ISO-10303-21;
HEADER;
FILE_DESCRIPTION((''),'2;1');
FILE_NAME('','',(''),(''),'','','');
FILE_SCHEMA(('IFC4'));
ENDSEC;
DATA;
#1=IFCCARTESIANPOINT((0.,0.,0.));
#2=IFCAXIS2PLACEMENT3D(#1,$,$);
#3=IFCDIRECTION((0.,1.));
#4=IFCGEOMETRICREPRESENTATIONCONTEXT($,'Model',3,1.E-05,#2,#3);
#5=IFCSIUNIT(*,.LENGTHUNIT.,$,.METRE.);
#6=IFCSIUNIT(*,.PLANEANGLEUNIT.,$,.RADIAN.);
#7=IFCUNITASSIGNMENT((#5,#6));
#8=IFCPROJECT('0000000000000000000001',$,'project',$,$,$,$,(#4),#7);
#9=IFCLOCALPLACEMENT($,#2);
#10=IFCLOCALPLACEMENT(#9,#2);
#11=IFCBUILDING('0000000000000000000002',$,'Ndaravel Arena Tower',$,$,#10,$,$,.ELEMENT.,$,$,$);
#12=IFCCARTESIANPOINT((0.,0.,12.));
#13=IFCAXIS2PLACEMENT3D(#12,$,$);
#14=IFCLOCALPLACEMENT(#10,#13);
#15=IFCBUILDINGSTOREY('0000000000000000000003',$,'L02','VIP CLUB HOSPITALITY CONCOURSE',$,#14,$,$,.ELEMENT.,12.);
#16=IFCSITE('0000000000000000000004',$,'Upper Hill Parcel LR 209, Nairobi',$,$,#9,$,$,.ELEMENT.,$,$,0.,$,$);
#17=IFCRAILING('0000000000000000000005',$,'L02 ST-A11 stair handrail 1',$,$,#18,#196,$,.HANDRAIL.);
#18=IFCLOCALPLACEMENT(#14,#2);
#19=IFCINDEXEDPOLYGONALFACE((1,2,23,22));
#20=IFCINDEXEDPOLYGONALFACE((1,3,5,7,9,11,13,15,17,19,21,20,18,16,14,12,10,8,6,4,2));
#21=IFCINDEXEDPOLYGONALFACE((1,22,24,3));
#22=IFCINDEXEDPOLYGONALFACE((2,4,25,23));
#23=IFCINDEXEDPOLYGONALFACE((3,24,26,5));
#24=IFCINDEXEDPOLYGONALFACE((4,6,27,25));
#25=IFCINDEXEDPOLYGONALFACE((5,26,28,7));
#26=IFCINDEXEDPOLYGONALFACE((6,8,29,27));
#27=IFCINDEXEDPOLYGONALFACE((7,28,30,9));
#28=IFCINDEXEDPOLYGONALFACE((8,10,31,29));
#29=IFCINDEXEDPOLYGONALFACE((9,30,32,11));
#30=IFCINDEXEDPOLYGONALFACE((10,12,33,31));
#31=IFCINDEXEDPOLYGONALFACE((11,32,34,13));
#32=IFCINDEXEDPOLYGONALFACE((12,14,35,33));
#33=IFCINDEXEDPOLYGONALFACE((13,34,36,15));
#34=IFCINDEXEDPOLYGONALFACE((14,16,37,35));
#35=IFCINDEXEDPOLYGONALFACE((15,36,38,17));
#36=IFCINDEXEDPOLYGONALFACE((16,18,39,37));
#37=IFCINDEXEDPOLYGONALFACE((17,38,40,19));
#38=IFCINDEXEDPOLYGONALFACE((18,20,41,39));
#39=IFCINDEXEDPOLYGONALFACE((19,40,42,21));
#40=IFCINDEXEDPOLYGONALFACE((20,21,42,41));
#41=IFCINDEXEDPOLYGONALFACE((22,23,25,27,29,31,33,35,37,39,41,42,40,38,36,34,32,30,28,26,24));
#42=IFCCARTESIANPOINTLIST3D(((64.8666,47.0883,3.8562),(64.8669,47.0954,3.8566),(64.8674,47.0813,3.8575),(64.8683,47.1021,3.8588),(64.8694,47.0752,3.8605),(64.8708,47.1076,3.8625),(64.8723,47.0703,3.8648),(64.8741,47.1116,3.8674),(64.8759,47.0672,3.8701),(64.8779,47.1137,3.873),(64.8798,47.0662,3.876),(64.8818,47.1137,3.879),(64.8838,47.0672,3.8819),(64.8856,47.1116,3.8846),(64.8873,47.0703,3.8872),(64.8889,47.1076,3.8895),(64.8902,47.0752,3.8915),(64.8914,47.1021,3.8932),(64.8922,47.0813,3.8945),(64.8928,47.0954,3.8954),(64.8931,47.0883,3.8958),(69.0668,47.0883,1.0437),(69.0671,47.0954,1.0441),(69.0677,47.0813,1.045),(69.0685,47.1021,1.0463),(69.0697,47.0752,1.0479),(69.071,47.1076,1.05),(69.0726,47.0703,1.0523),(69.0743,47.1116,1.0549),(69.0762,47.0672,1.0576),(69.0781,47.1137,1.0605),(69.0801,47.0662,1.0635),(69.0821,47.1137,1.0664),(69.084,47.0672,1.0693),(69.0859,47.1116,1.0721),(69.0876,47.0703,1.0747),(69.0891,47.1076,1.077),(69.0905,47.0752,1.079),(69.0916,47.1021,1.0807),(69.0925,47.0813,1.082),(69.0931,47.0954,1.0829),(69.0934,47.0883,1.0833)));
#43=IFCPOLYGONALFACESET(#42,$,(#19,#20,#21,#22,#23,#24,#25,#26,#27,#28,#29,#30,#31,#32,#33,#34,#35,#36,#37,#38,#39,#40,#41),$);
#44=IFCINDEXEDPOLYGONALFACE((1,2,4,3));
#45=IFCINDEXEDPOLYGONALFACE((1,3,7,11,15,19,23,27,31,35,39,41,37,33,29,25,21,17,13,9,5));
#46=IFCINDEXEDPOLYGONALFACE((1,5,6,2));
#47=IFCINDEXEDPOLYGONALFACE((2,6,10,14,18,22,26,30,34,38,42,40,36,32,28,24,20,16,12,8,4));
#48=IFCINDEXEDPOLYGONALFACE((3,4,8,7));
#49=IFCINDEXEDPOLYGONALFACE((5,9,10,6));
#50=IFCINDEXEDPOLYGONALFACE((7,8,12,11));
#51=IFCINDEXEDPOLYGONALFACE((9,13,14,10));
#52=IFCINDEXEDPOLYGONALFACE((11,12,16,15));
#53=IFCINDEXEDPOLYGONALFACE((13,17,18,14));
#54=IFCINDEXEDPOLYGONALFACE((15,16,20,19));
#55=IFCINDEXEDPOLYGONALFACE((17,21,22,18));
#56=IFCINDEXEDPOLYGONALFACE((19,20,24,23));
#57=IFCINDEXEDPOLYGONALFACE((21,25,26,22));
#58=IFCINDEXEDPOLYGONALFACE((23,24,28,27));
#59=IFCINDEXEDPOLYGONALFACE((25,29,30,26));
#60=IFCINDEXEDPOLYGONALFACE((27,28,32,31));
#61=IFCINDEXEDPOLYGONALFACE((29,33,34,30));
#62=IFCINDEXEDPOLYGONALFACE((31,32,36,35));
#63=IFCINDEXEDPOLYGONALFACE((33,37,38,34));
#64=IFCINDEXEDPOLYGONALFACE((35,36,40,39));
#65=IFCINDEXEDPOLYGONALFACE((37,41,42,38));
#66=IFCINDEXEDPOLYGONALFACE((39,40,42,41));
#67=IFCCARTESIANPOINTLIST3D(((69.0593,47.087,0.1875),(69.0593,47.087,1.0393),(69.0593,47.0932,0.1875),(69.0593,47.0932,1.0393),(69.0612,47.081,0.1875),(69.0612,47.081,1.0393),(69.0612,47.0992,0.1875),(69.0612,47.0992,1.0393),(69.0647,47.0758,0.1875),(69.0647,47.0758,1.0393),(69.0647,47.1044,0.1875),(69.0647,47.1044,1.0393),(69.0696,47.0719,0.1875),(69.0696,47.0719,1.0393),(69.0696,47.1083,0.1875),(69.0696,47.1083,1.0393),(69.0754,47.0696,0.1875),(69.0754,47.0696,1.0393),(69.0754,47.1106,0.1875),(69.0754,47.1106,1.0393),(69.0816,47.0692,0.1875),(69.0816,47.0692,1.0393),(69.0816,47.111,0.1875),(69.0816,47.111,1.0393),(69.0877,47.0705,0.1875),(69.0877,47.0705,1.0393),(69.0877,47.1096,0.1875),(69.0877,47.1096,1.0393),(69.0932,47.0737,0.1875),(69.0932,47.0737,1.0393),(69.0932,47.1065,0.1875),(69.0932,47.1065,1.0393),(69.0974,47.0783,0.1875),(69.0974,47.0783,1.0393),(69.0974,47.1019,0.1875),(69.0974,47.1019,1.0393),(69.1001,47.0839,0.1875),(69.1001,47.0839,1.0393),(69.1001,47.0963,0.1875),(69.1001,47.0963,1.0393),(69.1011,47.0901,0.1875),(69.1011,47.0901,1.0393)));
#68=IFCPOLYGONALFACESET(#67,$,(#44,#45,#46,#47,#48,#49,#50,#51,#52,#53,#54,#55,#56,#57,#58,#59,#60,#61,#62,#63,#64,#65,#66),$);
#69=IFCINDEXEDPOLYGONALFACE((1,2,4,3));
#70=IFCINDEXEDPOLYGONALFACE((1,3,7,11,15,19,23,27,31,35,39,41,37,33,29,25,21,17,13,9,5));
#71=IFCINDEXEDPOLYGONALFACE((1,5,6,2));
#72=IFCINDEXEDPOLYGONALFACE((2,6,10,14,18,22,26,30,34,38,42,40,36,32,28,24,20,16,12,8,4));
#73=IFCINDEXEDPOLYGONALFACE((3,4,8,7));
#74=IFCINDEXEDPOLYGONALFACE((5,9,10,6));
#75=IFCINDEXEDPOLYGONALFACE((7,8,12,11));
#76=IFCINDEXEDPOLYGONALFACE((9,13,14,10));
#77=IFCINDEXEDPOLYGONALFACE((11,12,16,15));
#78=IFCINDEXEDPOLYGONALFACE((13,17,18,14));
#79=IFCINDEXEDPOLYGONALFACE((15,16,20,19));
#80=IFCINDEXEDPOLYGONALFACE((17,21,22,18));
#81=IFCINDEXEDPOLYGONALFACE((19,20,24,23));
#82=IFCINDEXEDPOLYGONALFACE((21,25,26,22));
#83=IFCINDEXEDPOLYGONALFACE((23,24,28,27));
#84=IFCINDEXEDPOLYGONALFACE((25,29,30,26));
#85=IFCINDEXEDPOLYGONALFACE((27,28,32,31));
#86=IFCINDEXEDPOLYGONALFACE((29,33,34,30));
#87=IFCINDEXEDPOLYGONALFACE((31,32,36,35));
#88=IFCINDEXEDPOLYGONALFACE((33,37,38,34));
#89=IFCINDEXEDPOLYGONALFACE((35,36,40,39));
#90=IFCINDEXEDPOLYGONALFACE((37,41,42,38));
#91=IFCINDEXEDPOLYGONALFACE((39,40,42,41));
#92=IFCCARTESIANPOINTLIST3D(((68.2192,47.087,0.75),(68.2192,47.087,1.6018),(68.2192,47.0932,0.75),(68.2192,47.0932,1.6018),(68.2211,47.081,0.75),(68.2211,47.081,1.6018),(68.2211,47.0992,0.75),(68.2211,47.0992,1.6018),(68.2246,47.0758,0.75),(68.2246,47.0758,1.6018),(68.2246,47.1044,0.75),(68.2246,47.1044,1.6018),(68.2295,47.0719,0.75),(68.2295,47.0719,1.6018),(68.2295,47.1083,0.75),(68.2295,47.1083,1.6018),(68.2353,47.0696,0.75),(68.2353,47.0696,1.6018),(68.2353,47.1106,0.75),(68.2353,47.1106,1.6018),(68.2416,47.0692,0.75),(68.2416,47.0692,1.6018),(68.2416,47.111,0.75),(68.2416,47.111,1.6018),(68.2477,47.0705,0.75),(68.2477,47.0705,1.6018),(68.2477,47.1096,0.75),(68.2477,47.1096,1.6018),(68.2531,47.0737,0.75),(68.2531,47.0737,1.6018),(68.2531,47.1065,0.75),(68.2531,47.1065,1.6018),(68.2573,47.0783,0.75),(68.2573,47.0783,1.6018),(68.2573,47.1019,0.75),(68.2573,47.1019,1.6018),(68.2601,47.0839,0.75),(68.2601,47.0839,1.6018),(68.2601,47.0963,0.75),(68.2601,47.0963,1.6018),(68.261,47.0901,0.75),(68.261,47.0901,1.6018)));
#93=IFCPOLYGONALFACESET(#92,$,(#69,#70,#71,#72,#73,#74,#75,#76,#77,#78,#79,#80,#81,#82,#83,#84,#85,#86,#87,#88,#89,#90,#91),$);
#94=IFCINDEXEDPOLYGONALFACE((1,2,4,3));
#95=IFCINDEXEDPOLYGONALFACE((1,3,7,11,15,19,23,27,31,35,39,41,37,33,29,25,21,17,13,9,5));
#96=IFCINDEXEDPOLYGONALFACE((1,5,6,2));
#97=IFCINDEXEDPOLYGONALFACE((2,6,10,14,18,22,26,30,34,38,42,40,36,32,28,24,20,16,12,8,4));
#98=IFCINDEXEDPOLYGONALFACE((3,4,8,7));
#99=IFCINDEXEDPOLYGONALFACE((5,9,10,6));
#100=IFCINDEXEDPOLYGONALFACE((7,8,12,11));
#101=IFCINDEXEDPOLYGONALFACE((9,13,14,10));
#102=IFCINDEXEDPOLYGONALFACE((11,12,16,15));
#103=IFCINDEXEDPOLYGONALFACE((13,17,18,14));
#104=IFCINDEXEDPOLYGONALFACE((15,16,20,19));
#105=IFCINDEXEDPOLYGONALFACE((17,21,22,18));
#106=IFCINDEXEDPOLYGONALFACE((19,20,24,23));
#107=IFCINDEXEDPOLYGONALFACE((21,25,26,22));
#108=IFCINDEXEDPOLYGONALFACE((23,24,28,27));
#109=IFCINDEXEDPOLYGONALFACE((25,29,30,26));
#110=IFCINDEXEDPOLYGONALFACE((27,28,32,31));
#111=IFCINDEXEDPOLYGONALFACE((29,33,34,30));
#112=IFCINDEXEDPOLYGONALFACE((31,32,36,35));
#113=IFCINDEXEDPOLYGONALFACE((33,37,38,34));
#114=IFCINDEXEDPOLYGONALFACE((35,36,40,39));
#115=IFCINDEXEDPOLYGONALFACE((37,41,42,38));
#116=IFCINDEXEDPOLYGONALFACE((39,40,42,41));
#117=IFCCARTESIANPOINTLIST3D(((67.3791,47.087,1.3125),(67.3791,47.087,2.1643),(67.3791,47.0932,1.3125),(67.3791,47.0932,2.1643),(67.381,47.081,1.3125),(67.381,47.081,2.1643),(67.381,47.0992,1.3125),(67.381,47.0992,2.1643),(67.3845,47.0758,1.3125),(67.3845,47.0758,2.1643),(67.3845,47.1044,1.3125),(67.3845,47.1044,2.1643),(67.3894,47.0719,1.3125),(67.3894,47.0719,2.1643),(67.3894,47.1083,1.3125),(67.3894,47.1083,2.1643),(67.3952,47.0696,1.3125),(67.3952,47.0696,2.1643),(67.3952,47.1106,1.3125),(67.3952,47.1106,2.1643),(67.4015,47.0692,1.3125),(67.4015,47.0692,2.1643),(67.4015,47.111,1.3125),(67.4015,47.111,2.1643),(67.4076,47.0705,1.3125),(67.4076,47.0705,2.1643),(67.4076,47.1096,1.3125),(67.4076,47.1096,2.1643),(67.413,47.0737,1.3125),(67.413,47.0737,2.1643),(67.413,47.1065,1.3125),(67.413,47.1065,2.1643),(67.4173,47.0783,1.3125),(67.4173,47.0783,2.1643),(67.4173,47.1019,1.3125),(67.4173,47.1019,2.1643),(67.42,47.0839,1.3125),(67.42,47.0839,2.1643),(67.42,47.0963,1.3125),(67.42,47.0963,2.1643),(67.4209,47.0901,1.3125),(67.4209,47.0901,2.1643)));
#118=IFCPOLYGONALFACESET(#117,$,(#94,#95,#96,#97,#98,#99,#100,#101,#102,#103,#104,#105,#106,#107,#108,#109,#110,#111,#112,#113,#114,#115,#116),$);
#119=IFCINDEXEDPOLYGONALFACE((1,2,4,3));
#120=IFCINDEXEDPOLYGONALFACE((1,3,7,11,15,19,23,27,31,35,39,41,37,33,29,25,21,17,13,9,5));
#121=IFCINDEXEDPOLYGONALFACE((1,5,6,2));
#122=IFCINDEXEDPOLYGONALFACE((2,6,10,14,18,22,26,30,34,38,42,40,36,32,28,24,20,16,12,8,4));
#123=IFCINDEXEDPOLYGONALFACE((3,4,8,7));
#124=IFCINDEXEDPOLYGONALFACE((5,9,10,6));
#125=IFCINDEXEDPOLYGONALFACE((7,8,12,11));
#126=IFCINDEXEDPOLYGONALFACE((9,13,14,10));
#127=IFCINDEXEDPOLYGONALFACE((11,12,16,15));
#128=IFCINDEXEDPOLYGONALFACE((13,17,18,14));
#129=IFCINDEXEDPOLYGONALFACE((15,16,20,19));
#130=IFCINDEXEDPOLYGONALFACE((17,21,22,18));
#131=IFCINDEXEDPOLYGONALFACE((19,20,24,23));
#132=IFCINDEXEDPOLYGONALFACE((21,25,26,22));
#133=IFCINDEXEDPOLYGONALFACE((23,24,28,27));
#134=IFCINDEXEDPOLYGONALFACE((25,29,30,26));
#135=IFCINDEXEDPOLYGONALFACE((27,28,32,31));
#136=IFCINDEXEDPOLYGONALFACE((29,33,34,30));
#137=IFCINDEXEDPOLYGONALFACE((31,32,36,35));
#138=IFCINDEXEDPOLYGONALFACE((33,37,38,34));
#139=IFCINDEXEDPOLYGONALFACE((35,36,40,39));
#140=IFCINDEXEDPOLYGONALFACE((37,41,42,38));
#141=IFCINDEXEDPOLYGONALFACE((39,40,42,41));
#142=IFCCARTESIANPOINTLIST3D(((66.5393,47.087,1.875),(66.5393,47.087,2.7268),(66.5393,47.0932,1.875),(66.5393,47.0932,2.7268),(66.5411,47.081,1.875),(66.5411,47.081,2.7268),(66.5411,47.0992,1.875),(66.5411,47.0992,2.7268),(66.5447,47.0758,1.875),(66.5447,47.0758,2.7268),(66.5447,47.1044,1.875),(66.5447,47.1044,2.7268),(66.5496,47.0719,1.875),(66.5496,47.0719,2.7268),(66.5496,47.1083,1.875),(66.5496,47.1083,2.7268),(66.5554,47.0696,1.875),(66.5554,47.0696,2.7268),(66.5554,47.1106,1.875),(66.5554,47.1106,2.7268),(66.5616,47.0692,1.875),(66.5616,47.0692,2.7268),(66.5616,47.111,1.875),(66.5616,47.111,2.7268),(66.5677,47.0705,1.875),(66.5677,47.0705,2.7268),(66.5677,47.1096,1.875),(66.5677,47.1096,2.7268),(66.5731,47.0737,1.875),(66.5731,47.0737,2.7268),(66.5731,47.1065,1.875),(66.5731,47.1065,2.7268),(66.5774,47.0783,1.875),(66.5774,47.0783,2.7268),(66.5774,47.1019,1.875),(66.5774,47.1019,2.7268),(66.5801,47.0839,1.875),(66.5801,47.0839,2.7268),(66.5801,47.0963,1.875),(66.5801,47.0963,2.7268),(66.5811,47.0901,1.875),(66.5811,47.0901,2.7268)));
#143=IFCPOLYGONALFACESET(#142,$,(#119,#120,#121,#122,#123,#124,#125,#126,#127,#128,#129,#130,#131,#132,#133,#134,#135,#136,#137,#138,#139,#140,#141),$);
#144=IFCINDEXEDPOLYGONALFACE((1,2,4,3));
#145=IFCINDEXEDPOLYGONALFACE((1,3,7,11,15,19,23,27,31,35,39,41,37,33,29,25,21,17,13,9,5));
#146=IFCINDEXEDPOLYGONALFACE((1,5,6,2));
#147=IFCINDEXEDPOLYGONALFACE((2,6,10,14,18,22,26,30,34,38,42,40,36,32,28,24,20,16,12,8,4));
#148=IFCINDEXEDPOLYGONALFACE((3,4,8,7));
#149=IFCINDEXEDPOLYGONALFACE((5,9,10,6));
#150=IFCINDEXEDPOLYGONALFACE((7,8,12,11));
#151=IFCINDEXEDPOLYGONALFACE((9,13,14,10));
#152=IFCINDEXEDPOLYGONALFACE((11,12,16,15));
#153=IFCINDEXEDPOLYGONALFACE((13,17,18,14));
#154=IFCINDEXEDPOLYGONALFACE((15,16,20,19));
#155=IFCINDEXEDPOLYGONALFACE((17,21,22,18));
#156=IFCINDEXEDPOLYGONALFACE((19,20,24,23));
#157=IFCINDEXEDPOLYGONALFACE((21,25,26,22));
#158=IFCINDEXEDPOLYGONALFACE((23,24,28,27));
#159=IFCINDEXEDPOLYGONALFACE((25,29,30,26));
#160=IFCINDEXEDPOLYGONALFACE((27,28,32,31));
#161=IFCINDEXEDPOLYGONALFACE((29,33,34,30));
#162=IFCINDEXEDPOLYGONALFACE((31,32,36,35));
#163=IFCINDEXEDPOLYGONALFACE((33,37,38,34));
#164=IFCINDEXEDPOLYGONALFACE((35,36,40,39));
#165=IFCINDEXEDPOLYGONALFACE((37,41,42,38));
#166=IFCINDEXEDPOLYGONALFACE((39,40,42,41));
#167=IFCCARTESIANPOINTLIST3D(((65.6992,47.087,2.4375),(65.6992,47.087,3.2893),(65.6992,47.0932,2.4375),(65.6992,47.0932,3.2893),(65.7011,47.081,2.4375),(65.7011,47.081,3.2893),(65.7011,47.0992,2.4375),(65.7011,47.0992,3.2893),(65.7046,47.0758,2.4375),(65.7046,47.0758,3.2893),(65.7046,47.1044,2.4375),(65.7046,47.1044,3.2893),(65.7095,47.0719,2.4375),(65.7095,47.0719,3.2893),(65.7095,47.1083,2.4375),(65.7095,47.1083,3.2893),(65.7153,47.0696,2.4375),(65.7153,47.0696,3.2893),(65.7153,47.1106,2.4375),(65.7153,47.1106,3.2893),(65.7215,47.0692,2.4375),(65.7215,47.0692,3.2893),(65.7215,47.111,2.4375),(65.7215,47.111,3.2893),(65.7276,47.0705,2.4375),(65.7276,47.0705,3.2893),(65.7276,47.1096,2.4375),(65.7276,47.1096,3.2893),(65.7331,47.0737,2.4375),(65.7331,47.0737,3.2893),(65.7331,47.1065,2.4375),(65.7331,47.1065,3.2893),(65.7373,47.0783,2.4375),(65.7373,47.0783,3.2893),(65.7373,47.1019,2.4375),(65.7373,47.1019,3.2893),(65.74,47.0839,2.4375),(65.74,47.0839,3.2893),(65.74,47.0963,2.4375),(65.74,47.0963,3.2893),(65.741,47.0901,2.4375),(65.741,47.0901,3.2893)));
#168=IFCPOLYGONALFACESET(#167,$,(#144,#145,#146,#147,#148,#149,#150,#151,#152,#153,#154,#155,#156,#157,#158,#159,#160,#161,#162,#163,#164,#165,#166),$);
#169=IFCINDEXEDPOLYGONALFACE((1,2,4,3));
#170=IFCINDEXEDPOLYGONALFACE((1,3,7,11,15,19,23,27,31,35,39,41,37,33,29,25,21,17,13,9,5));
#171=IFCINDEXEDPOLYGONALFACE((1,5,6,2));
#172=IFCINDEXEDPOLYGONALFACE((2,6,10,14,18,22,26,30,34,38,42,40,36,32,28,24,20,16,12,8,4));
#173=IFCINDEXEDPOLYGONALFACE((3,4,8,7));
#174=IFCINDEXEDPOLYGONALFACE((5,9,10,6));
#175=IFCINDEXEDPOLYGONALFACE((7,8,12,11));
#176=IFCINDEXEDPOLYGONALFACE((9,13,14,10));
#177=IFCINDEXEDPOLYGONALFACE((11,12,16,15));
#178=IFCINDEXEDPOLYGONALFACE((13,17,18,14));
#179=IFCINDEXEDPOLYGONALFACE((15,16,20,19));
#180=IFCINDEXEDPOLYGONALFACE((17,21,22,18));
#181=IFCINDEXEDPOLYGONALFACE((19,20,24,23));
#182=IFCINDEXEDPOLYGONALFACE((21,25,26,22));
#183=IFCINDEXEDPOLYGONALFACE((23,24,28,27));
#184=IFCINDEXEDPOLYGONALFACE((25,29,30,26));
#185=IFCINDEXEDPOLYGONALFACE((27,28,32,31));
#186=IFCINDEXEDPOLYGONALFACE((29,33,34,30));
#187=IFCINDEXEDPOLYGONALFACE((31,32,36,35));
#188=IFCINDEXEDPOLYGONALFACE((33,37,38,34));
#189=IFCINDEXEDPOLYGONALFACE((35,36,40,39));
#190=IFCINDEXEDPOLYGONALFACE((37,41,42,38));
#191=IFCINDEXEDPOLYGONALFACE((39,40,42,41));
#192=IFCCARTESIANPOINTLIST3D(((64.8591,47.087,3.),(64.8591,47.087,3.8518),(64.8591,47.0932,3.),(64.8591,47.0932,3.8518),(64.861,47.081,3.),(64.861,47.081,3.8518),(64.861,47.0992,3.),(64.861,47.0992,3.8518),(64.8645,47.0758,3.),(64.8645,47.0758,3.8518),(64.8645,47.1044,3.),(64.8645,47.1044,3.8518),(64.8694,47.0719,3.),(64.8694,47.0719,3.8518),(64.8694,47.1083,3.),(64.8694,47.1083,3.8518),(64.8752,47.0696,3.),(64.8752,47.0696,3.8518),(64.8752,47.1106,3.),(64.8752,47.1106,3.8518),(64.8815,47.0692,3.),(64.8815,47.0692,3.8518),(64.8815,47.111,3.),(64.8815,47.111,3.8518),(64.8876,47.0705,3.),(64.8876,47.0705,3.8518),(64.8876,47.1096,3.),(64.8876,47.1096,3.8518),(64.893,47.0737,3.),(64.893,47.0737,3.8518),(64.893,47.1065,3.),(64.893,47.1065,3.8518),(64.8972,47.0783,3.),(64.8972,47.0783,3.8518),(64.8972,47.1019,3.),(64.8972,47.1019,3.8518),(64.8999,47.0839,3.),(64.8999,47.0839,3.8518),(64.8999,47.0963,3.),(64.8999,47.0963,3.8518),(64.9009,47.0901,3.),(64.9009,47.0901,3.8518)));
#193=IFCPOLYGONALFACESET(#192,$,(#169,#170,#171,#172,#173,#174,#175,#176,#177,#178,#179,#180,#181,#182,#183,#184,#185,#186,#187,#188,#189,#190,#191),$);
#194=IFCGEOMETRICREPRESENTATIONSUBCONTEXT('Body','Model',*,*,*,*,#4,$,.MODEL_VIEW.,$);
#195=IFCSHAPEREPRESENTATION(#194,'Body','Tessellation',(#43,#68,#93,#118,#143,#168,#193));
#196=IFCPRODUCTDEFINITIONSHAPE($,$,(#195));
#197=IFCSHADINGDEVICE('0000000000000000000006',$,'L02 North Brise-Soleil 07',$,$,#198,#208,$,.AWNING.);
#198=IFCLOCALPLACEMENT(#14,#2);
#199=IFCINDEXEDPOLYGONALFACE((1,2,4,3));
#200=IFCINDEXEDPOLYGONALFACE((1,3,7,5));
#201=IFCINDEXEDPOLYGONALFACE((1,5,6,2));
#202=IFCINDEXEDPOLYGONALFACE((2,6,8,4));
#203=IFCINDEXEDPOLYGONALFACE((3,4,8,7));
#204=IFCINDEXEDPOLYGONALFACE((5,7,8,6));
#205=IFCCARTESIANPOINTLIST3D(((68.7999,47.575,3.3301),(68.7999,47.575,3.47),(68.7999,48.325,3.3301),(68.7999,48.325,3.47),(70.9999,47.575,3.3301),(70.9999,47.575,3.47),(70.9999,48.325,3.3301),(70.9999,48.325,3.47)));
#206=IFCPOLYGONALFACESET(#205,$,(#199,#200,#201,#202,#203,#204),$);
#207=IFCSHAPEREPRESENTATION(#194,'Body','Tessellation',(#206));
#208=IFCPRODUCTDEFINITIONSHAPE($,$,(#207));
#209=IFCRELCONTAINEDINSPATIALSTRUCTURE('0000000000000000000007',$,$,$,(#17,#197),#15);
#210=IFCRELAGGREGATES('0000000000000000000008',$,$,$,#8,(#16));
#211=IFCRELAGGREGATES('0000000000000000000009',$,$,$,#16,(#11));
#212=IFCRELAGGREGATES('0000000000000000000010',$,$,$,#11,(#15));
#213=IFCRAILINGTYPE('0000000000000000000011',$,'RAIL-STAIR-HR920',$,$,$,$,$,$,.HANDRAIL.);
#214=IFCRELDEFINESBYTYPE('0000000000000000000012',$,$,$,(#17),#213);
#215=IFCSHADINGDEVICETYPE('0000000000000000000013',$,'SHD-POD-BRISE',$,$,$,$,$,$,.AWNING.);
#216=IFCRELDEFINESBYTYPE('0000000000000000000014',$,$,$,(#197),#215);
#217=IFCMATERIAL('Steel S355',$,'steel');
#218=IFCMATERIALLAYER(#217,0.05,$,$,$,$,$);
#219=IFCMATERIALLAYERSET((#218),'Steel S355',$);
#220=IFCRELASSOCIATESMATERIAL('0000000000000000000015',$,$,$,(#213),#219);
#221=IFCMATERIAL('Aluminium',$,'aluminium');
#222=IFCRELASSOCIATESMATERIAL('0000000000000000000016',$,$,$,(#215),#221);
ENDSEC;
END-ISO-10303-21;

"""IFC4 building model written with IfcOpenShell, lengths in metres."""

from ifc_helpers import new_model, si_unit, direction, frame, origin, origin_2d, place, context, subcontext, project, spatial, rectangle, circle, extrude, material, layer, layer_set, type_object, element, save


model = new_model("IFC4")

# Units and contexts
model_context = context("Model", 3, precision=1e-05, world=origin(), true_north=direction((0.0, 1.0)))
body_context = subcontext(model_context, "Body", "Model", "MODEL_VIEW")
ifc_project = project(units=[si_unit("LENGTHUNIT", "METRE"), si_unit("PLANEANGLEUNIT", "RADIAN")], contexts=[model_context])

# Site, building, storey
site_placement = place(None, origin())
site = spatial("IfcSite", under=ifc_project, at=site_placement, Name="Upper Hill Parcel LR 209, Nairobi", CompositionType="ELEMENT", RefElevation=0.0)
building_placement = place(site_placement, origin())
building = spatial("IfcBuilding", under=site, at=building_placement, Name="Ndaravel Arena Tower", CompositionType="ELEMENT")
storey_placement = place(building_placement, frame((0.0, 0.0, 12.0)))
storey = spatial("IfcBuildingStorey", under=building, at=storey_placement, Name="L02", Description="VIP CLUB HOSPITALITY CONCOURSE", CompositionType="ELEMENT", Elevation=12.0)

# Railing
ifc_material_1 = material(Name="Steel S355", Category="steel")
ifc_layer_1 = layer(ifc_material_1, 0.05)
ifc_layer_set_1 = layer_set([ifc_layer_1], Name="Steel S355")
railing_type_1 = type_object("IfcRailingType", Name="RAIL-STAIR-HR920", PredefinedType="HANDRAIL", material=ifc_layer_set_1)
railing_1_placement = place(storey_placement, frame((69.0801, 47.0901, 0.1875)))
element("IfcRailing", 1, at=railing_1_placement, inside=storey, type_object=railing_type_1, Name="L02 ST-A11 stair handrail 1", PredefinedType="HANDRAIL", context=body_context, shape_type="SweptSolid", body=[
    extrude(circle(Radius=0.0239, at=origin_2d()), frame((0.0, 0.0, 0.876), z_axis=(-0.830919, 0.0, 0.556393), x_axis=(0.0, -1.0, 0.0)), (0.0, 0.0, 1.0), 5.0549),
    extrude(circle(Radius=0.021, at=origin_2d()), origin(), (0.0, 0.0, 1.0), 0.8518),
    extrude(circle(Radius=0.021, at=origin_2d()), frame((-0.8401, 0.0, 0.5625)), (0.0, 0.0, 1.0), 0.8518),
    extrude(circle(Radius=0.021, at=origin_2d()), frame((-1.6802, 0.0, 1.125)), (0.0, 0.0, 1.0), 0.8518),
    extrude(circle(Radius=0.021, at=origin_2d()), frame((-2.52, 0.0, 1.6875)), (0.0, 0.0, 1.0), 0.8518),
    extrude(circle(Radius=0.021, at=origin_2d()), frame((-3.3601, 0.0, 2.25)), (0.0, 0.0, 1.0), 0.8518),
    extrude(circle(Radius=0.021, at=origin_2d()), frame((-4.2002, 0.0, 2.8125)), (0.0, 0.0, 1.0), 0.8518),
])

# Shading device
ifc_material_2 = material(Name="Aluminium", Category="aluminium")
shading_device_type = type_object("IfcShadingDeviceType", Name="SHD-POD-BRISE", PredefinedType="AWNING", material=ifc_material_2)
for number, where, z_axis, x_axis, name in (
    (2, (69.8999, 47.95, 3.3301), (0.0, 0.0, 1.0), (1.0, 0.0, 0.0), "L02 North Brise-Soleil 07"),
):
    element("IfcShadingDevice", number, at=place(storey_placement, frame(where, z_axis=z_axis, x_axis=x_axis)), inside=storey, type_object=shading_device_type, Name=name, PredefinedType="AWNING", context=body_context, shape_type="SweptSolid", body=[
        extrude(rectangle(XDim=2.2, YDim=0.75, at=origin_2d()), origin(), (0.0, 0.0, 1.0), 0.1399),
    ])

save(model, "model.ifc")
